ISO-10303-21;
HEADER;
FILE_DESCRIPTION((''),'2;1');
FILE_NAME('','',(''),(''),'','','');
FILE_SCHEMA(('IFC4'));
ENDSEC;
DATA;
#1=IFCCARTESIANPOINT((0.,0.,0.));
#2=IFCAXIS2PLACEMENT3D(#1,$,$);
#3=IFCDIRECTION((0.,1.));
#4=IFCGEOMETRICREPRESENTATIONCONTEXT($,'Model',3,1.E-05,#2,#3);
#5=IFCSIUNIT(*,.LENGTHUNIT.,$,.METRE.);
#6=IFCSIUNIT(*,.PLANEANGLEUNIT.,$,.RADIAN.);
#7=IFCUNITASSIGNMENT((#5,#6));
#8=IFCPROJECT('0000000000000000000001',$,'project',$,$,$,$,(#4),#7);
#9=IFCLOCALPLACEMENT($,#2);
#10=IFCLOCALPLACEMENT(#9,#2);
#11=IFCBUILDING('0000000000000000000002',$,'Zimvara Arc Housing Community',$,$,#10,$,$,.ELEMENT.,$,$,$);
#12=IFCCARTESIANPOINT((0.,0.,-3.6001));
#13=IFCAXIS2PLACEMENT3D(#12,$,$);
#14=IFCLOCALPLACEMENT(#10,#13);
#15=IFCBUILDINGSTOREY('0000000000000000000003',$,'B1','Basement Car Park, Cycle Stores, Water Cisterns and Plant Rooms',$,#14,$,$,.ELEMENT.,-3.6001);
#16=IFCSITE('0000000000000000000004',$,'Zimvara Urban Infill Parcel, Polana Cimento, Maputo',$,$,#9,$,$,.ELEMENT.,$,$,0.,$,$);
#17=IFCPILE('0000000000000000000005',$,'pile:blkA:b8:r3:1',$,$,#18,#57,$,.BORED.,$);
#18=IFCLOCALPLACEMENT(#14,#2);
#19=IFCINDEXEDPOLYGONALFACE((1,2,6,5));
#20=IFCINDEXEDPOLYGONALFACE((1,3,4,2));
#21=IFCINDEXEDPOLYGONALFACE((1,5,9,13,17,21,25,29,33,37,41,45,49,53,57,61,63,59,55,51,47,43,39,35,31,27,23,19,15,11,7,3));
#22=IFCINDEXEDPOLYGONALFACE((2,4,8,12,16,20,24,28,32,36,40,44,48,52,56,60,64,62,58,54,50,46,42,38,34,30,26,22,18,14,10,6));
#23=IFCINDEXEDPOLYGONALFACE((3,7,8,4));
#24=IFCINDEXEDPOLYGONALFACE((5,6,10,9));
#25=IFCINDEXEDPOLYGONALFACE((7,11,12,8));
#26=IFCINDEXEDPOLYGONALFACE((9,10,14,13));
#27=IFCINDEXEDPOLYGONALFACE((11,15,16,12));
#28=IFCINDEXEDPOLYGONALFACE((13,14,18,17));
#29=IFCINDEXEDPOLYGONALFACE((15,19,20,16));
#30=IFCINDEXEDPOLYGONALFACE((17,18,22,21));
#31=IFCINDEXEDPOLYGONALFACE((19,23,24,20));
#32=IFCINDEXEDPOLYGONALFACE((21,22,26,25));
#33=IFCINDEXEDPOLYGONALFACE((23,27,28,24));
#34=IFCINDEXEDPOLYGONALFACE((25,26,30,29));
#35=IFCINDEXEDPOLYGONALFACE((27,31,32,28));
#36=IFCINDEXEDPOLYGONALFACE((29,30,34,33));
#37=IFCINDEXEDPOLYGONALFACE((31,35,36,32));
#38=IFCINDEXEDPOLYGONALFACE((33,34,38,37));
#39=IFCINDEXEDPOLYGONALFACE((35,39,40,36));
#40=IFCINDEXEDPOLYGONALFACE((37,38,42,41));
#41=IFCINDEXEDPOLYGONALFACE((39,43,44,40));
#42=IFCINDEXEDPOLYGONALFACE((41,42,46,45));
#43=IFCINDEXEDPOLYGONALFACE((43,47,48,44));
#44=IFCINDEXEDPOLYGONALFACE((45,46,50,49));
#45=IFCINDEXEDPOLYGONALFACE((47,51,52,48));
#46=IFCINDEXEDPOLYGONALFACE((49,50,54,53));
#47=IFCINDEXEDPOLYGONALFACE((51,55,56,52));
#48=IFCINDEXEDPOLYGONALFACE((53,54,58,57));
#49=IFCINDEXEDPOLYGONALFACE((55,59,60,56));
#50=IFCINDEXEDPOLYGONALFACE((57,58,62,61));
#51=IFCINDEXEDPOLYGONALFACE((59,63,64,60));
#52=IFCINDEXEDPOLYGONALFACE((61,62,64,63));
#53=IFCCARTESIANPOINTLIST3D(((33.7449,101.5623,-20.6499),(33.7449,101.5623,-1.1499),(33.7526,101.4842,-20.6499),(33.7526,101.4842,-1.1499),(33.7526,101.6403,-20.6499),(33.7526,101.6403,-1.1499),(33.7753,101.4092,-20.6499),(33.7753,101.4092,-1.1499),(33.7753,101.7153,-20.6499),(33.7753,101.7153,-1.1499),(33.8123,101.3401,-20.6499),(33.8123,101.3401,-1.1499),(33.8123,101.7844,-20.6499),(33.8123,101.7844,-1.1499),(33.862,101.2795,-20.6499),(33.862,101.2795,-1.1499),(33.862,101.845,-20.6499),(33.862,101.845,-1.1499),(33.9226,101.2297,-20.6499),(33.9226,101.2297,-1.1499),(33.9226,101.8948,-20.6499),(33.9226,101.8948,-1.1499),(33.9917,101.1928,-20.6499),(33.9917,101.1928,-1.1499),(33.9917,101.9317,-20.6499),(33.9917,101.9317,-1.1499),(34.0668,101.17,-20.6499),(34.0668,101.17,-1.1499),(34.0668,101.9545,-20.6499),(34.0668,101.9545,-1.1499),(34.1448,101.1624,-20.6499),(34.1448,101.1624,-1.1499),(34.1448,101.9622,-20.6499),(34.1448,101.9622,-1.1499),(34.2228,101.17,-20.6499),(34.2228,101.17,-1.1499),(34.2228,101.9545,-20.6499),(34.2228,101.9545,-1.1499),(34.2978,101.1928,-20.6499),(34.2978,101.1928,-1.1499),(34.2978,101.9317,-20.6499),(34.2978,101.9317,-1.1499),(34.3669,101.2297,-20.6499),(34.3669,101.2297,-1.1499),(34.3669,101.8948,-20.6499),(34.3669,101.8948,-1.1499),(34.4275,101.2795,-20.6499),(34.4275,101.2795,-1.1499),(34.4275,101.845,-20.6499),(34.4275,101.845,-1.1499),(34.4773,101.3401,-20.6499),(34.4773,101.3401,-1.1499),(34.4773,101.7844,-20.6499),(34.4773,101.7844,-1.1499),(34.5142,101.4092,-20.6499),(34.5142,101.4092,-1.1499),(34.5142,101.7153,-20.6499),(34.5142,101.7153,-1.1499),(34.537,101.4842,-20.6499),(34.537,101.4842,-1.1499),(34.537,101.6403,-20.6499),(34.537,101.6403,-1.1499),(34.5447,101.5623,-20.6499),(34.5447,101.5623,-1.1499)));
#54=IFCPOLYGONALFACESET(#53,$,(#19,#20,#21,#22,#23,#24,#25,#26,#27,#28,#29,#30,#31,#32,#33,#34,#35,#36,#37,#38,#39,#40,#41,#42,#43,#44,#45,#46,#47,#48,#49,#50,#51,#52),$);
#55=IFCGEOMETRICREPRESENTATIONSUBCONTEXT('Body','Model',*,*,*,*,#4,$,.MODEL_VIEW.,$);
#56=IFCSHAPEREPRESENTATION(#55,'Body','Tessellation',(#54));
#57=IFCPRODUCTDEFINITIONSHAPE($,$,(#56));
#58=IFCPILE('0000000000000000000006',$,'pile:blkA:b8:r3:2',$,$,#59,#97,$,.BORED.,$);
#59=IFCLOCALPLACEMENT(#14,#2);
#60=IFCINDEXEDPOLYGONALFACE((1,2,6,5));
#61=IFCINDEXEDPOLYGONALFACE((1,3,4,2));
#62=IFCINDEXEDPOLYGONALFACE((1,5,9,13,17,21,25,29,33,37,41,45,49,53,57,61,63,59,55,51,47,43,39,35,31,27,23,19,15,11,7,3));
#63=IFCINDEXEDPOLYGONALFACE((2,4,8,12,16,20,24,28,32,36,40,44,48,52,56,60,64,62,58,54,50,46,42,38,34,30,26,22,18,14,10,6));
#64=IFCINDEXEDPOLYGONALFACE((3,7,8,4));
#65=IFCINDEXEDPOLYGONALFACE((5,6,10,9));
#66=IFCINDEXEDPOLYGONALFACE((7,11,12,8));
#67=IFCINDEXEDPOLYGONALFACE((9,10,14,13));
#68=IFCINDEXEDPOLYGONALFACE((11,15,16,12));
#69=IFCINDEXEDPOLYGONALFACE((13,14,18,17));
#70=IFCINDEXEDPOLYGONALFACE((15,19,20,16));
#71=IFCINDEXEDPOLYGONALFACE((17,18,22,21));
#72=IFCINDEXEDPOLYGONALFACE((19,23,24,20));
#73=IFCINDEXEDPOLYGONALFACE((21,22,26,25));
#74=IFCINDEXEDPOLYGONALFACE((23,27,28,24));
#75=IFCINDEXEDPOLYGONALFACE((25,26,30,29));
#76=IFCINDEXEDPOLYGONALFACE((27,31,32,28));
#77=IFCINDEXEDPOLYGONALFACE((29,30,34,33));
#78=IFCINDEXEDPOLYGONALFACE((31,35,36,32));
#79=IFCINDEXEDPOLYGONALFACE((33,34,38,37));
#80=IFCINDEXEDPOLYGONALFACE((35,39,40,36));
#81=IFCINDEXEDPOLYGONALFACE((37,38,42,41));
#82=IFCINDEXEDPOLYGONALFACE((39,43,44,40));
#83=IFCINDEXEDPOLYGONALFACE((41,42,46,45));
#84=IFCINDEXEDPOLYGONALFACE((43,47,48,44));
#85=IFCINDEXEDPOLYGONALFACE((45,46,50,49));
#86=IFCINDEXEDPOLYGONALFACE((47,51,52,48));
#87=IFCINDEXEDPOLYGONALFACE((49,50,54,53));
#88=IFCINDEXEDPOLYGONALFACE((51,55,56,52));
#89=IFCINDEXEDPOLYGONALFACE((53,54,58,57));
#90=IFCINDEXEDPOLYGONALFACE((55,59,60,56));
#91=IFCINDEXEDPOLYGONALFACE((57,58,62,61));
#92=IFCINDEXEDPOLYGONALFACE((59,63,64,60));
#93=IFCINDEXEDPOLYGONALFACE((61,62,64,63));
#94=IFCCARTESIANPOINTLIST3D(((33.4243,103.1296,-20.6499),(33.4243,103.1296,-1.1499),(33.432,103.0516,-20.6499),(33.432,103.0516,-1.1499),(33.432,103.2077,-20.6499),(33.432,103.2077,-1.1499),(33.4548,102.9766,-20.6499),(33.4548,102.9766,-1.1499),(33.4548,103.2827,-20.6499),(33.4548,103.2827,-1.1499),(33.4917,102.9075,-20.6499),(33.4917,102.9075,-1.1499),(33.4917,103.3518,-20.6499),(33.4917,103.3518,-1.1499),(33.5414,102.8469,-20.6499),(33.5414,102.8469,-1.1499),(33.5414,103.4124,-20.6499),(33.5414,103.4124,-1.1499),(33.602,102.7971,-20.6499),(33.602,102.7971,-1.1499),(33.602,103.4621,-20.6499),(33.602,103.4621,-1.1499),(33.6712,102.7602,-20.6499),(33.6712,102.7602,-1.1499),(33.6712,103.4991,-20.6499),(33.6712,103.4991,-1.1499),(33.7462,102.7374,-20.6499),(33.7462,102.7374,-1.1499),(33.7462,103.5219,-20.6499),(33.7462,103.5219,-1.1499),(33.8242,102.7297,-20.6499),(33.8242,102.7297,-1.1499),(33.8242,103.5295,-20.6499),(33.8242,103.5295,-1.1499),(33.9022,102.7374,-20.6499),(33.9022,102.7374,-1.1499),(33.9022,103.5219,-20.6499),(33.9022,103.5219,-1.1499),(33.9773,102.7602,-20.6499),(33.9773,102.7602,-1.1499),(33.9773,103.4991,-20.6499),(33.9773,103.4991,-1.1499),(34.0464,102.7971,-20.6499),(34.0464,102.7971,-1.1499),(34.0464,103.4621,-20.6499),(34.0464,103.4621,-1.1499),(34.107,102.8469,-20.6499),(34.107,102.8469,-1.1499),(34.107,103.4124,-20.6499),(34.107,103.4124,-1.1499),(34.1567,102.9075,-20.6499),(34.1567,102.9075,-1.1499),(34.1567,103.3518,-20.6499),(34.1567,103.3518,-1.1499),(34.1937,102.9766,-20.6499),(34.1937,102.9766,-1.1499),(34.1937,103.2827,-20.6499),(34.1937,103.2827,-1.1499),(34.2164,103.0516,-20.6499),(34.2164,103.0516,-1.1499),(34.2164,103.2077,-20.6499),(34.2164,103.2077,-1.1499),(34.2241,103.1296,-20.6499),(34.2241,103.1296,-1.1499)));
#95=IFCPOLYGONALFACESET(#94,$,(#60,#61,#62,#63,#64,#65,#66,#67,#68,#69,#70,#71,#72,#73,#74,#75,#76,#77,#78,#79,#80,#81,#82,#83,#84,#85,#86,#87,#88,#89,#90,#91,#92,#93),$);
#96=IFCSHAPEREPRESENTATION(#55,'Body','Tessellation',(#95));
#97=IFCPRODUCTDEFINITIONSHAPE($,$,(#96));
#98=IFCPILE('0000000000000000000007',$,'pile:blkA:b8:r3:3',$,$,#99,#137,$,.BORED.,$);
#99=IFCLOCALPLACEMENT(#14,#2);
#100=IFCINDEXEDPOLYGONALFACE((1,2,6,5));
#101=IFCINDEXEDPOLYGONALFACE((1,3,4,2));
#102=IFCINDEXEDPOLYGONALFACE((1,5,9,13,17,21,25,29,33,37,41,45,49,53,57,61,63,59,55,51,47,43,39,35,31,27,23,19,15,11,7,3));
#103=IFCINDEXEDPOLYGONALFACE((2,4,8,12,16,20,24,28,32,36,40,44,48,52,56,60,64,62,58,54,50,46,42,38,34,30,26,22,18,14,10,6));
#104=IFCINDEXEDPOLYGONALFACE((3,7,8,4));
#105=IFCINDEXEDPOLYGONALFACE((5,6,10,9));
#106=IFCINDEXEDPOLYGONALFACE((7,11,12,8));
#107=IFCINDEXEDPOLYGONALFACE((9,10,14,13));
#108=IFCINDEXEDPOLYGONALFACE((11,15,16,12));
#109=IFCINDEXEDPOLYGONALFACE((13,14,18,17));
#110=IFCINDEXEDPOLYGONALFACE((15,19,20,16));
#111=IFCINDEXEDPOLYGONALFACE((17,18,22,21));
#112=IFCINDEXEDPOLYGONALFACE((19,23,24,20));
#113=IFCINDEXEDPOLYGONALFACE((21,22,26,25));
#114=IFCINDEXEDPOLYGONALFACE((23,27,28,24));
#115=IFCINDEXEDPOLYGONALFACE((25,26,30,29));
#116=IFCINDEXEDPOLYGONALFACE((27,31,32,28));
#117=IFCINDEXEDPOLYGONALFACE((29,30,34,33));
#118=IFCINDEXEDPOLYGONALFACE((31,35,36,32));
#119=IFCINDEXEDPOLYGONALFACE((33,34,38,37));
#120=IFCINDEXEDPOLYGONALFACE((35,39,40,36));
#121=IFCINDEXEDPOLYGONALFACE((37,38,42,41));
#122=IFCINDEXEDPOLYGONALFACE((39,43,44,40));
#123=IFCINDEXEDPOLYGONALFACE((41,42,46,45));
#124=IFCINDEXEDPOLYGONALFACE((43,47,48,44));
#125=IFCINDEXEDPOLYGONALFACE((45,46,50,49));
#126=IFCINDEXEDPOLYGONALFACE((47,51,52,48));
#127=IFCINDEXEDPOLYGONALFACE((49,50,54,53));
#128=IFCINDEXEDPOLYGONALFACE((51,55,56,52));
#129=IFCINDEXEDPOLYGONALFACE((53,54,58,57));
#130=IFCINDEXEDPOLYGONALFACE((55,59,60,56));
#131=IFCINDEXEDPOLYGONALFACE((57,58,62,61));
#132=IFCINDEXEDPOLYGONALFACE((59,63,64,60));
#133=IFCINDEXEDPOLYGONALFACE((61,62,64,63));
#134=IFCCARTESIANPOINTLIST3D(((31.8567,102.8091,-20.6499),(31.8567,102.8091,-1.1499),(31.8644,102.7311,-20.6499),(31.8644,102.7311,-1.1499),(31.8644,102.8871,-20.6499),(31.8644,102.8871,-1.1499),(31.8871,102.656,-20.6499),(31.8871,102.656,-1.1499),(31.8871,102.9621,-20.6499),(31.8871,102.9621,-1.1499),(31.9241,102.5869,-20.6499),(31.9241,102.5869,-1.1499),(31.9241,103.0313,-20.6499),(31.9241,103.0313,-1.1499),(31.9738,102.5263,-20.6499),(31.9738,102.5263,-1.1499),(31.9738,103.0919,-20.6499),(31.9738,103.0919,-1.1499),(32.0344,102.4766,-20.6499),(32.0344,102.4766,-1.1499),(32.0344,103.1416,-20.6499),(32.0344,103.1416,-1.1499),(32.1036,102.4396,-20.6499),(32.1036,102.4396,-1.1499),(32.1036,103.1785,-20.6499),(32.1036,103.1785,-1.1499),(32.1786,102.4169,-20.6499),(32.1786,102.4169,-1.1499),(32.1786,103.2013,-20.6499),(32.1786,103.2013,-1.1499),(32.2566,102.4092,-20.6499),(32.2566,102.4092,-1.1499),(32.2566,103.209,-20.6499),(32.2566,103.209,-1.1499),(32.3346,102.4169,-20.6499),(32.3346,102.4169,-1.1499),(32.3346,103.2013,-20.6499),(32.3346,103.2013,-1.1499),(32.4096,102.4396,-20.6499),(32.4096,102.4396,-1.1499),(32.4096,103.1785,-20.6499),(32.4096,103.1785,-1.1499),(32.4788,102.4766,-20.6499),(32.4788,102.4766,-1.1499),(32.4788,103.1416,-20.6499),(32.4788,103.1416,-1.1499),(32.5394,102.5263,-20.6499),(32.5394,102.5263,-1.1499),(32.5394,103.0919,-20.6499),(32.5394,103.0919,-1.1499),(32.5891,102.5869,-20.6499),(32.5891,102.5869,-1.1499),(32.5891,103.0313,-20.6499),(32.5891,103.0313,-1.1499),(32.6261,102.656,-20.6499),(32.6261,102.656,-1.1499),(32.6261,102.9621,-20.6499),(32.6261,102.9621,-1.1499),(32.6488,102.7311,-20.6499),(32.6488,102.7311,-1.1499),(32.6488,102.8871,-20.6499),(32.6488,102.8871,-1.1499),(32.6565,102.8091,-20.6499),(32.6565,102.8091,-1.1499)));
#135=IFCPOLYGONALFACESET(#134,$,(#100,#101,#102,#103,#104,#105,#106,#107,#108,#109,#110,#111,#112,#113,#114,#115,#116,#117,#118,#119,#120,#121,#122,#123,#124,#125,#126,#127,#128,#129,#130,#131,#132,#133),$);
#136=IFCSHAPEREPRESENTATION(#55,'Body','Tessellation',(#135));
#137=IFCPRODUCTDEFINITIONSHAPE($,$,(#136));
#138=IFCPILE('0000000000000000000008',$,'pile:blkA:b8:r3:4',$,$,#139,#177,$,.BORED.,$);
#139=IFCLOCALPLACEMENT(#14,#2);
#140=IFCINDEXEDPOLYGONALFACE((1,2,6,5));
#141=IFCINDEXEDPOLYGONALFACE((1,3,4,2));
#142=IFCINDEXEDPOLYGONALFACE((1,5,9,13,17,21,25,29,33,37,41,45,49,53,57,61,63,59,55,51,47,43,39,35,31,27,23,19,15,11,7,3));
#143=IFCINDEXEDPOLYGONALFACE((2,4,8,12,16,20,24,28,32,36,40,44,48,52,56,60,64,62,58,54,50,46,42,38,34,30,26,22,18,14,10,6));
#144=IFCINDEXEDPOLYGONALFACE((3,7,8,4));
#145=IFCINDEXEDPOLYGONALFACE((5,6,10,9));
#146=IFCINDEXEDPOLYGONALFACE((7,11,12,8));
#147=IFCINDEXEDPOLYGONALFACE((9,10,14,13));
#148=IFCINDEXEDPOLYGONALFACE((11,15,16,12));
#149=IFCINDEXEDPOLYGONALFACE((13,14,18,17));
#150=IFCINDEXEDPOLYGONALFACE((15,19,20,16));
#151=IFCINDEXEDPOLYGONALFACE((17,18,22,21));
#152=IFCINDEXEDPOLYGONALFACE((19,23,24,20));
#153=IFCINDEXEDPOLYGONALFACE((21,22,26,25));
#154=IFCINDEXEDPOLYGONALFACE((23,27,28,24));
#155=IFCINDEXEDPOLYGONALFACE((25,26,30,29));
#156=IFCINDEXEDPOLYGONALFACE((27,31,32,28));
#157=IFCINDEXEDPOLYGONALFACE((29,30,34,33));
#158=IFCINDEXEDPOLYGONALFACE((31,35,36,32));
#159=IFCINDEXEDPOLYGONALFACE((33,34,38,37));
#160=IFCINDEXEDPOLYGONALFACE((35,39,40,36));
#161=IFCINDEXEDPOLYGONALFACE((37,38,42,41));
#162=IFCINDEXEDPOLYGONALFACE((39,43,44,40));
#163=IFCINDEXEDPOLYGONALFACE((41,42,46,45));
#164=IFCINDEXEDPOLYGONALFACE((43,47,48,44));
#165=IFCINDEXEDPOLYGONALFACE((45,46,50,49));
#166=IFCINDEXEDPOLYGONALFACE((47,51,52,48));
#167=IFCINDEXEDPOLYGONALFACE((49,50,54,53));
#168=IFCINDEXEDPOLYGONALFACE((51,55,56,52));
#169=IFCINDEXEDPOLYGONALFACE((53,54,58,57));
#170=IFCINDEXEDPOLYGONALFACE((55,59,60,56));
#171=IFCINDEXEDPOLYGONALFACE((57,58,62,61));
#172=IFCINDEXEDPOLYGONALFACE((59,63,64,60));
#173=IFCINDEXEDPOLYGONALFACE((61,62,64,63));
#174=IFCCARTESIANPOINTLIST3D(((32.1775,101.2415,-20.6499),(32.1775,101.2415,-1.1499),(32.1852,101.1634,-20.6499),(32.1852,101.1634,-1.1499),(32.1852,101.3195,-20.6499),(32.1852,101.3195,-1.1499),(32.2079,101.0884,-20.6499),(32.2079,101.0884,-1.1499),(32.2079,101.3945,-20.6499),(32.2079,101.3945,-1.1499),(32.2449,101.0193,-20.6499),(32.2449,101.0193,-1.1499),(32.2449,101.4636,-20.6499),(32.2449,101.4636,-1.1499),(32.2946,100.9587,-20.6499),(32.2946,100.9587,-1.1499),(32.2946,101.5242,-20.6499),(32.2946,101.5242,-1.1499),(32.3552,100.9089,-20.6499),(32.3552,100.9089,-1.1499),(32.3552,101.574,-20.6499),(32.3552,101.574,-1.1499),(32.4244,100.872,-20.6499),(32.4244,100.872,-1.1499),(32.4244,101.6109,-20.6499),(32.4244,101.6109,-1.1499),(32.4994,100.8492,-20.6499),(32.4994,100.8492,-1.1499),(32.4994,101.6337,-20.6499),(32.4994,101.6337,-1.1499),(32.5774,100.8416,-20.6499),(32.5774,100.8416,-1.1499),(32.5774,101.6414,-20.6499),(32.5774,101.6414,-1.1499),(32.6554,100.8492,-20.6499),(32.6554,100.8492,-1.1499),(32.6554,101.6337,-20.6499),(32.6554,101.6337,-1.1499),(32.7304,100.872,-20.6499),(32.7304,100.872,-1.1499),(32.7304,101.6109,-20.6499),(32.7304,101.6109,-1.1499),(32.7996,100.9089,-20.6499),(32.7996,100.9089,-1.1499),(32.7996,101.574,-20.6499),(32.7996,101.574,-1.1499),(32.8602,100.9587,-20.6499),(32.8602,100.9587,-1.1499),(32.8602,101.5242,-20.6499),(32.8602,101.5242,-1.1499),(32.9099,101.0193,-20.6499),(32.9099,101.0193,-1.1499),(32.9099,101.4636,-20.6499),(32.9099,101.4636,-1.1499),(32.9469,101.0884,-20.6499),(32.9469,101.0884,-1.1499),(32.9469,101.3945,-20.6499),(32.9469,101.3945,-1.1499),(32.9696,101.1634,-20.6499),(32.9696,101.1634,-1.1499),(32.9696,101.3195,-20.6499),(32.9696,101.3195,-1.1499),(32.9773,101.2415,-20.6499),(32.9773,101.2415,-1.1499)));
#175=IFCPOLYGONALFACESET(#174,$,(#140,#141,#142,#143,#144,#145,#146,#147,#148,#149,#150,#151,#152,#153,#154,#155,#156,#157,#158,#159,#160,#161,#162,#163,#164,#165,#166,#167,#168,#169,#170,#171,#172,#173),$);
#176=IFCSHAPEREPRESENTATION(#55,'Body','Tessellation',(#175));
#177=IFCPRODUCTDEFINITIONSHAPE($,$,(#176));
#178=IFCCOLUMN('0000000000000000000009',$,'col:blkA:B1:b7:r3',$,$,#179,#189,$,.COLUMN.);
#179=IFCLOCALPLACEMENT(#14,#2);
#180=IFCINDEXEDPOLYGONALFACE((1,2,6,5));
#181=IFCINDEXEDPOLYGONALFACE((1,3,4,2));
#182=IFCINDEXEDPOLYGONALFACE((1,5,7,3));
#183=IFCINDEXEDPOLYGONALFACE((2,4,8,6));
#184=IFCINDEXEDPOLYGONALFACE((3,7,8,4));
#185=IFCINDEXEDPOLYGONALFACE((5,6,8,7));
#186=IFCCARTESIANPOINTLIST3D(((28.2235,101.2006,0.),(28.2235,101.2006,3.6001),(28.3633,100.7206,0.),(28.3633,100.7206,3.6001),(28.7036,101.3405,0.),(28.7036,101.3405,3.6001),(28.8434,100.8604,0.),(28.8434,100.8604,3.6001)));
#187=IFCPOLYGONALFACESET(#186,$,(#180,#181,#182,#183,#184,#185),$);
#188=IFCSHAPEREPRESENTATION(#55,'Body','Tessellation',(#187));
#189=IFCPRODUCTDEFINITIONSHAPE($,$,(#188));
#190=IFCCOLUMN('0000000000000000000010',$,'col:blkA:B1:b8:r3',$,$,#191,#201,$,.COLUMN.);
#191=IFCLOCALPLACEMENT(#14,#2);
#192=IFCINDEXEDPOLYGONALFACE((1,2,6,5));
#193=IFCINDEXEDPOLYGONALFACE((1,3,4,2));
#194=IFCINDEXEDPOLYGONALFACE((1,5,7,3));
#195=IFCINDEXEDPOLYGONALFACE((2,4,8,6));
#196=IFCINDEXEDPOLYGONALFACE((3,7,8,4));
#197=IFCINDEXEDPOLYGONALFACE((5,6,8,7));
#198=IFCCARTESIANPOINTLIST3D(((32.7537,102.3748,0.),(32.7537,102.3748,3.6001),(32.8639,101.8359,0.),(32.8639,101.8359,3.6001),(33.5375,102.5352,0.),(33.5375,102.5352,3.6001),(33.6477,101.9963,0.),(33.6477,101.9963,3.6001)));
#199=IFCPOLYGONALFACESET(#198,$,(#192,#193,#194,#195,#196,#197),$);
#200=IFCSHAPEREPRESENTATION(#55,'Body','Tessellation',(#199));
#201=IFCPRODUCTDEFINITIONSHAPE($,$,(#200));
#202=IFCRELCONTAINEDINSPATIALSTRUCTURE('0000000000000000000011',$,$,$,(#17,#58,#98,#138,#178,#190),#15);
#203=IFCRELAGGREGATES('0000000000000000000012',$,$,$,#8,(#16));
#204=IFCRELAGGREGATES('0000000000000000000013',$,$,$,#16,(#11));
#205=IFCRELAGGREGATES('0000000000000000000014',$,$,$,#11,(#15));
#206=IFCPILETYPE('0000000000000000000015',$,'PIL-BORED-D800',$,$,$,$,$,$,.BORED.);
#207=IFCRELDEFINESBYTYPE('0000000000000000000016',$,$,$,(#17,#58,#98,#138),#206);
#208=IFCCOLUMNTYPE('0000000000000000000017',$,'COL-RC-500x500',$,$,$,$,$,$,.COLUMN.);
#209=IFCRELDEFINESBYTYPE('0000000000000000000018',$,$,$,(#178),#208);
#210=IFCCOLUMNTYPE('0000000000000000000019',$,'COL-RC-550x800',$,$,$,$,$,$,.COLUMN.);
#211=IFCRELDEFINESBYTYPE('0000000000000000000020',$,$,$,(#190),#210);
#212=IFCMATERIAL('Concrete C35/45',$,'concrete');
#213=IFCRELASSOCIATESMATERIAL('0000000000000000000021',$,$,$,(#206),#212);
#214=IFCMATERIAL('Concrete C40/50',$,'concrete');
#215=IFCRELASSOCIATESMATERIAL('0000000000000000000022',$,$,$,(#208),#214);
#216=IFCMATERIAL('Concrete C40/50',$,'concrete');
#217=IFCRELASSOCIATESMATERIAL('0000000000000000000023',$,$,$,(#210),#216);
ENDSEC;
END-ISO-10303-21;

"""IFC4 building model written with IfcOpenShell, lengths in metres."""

from ifc_helpers import new_model, si_unit, direction, frame, origin, origin_2d, place, context, subcontext, project, spatial, rectangle, circle, extrude, material, material_profile, profile_set, type_object, element, save


model = new_model("IFC4")

# Units and contexts
model_context = context("Model", 3, precision=1e-05, world=origin(), true_north=direction((0.0, 1.0)))
body_context = subcontext(model_context, "Body", "Model", "MODEL_VIEW")
ifc_project = project(units=[si_unit("LENGTHUNIT", "METRE"), si_unit("PLANEANGLEUNIT", "RADIAN")], contexts=[model_context])

# Site, building, storey
site_placement = place(None, origin())
site = spatial("IfcSite", under=ifc_project, at=site_placement, Name="Zimvara Urban Infill Parcel, Polana Cimento, Maputo", CompositionType="ELEMENT", RefElevation=0.0)
building_placement = place(site_placement, origin())
building = spatial("IfcBuilding", under=site, at=building_placement, Name="Zimvara Arc Housing Community", CompositionType="ELEMENT")
storey_placement = place(building_placement, frame((0.0, 0.0, -3.6001)))
storey = spatial("IfcBuildingStorey", under=building, at=storey_placement, Name="B1", Description="Basement Car Park, Cycle Stores, Water Cisterns and Plant Rooms", CompositionType="ELEMENT", Elevation=-3.6001)

# Piles
ifc_material_1 = material(Name="Concrete C35/45", Category="concrete")
ifc_material_profile_1 = material_profile(ifc_material_1, circle(Radius=0.3999, at=origin_2d()), Name="PILE D800")
ifc_profile_set_1 = profile_set([ifc_material_profile_1], Name="Concrete C35/45")
pile_type = type_object("IfcPileType", Name="PIL-BORED-D800", PredefinedType="BORED", material=ifc_profile_set_1)
for number, where, z_axis, x_axis, name in (
    (1, (34.1448, 101.5623, -1.1499), (0.0, 0.0, -1.0), (1.0, 0.0, 0.0), "pile:blkA:b8:r3:1"),
    (2, (33.8242, 103.1296, -1.1499), (0.0, 0.0, -1.0), (1.0, 0.0, 0.0), "pile:blkA:b8:r3:2"),
    (3, (32.2566, 102.8091, -1.1499), (0.0, 0.0, -1.0), (1.0, 0.0, 0.0), "pile:blkA:b8:r3:3"),
    (4, (32.5774, 101.2415, -1.1499), (0.0, 0.0, -1.0), (1.0, 0.0, 0.0), "pile:blkA:b8:r3:4"),
):
    element("IfcPile", number, at=place(storey_placement, frame(where, z_axis=z_axis, x_axis=x_axis)), inside=storey, type_object=pile_type, Name=name, PredefinedType="BORED", context=body_context, shape_type="SweptSolid", body=[
        extrude(circle(Radius=0.3999, at=origin_2d()), origin(), (0.0, 0.0, 1.0), 19.5),
    ])

# Columns
ifc_material_2 = material(Name="Concrete C40/50", Category="concrete")
ifc_material_profile_2 = material_profile(ifc_material_2, rectangle(XDim=0.5, YDim=0.5, at=origin_2d()), Name="RC 500x500")
ifc_profile_set_2 = profile_set([ifc_material_profile_2], Name="Concrete C40/50")
column_type_1 = type_object("IfcColumnType", Name="COL-RC-500x500", PredefinedType="COLUMN", material=ifc_profile_set_2)
column_1_placement = place(storey_placement, frame((28.5334, 101.0305, 0.0), z_axis=(0.0, 0.0, 1.0), x_axis=(-0.279661, 0.960099, 0.0)))
element("IfcColumn", 5, at=column_1_placement, inside=storey, type_object=column_type_1, Name="col:blkA:B1:b7:r3", PredefinedType="COLUMN", context=body_context, shape_type="SweptSolid", body=[
    extrude(rectangle(XDim=0.5, YDim=0.5, at=origin_2d()), origin(), (0.0, 0.0, 1.0), 3.6001),
])
ifc_material_3 = material(Name="Concrete C40/50", Category="concrete")
ifc_material_profile_3 = material_profile(ifc_material_3, rectangle(XDim=0.55, YDim=0.8, at=origin_2d()), Name="RC 550x800")
ifc_profile_set_3 = profile_set([ifc_material_profile_3], Name="Concrete C40/50")
column_type_2 = type_object("IfcColumnType", Name="COL-RC-550x800", PredefinedType="COLUMN", material=ifc_profile_set_3)
column_2_placement = place(storey_placement, frame((33.2007, 102.1855, 0.0), z_axis=(0.0, 0.0, 1.0), x_axis=(-0.200394, 0.979715, 0.0)))
element("IfcColumn", 6, at=column_2_placement, inside=storey, type_object=column_type_2, Name="col:blkA:B1:b8:r3", PredefinedType="COLUMN", context=body_context, shape_type="SweptSolid", body=[
    extrude(rectangle(XDim=0.55, YDim=0.8, at=origin_2d()), origin(), (0.0, 0.0, 1.0), 3.6001),
])

save(model, "model.ifc")
